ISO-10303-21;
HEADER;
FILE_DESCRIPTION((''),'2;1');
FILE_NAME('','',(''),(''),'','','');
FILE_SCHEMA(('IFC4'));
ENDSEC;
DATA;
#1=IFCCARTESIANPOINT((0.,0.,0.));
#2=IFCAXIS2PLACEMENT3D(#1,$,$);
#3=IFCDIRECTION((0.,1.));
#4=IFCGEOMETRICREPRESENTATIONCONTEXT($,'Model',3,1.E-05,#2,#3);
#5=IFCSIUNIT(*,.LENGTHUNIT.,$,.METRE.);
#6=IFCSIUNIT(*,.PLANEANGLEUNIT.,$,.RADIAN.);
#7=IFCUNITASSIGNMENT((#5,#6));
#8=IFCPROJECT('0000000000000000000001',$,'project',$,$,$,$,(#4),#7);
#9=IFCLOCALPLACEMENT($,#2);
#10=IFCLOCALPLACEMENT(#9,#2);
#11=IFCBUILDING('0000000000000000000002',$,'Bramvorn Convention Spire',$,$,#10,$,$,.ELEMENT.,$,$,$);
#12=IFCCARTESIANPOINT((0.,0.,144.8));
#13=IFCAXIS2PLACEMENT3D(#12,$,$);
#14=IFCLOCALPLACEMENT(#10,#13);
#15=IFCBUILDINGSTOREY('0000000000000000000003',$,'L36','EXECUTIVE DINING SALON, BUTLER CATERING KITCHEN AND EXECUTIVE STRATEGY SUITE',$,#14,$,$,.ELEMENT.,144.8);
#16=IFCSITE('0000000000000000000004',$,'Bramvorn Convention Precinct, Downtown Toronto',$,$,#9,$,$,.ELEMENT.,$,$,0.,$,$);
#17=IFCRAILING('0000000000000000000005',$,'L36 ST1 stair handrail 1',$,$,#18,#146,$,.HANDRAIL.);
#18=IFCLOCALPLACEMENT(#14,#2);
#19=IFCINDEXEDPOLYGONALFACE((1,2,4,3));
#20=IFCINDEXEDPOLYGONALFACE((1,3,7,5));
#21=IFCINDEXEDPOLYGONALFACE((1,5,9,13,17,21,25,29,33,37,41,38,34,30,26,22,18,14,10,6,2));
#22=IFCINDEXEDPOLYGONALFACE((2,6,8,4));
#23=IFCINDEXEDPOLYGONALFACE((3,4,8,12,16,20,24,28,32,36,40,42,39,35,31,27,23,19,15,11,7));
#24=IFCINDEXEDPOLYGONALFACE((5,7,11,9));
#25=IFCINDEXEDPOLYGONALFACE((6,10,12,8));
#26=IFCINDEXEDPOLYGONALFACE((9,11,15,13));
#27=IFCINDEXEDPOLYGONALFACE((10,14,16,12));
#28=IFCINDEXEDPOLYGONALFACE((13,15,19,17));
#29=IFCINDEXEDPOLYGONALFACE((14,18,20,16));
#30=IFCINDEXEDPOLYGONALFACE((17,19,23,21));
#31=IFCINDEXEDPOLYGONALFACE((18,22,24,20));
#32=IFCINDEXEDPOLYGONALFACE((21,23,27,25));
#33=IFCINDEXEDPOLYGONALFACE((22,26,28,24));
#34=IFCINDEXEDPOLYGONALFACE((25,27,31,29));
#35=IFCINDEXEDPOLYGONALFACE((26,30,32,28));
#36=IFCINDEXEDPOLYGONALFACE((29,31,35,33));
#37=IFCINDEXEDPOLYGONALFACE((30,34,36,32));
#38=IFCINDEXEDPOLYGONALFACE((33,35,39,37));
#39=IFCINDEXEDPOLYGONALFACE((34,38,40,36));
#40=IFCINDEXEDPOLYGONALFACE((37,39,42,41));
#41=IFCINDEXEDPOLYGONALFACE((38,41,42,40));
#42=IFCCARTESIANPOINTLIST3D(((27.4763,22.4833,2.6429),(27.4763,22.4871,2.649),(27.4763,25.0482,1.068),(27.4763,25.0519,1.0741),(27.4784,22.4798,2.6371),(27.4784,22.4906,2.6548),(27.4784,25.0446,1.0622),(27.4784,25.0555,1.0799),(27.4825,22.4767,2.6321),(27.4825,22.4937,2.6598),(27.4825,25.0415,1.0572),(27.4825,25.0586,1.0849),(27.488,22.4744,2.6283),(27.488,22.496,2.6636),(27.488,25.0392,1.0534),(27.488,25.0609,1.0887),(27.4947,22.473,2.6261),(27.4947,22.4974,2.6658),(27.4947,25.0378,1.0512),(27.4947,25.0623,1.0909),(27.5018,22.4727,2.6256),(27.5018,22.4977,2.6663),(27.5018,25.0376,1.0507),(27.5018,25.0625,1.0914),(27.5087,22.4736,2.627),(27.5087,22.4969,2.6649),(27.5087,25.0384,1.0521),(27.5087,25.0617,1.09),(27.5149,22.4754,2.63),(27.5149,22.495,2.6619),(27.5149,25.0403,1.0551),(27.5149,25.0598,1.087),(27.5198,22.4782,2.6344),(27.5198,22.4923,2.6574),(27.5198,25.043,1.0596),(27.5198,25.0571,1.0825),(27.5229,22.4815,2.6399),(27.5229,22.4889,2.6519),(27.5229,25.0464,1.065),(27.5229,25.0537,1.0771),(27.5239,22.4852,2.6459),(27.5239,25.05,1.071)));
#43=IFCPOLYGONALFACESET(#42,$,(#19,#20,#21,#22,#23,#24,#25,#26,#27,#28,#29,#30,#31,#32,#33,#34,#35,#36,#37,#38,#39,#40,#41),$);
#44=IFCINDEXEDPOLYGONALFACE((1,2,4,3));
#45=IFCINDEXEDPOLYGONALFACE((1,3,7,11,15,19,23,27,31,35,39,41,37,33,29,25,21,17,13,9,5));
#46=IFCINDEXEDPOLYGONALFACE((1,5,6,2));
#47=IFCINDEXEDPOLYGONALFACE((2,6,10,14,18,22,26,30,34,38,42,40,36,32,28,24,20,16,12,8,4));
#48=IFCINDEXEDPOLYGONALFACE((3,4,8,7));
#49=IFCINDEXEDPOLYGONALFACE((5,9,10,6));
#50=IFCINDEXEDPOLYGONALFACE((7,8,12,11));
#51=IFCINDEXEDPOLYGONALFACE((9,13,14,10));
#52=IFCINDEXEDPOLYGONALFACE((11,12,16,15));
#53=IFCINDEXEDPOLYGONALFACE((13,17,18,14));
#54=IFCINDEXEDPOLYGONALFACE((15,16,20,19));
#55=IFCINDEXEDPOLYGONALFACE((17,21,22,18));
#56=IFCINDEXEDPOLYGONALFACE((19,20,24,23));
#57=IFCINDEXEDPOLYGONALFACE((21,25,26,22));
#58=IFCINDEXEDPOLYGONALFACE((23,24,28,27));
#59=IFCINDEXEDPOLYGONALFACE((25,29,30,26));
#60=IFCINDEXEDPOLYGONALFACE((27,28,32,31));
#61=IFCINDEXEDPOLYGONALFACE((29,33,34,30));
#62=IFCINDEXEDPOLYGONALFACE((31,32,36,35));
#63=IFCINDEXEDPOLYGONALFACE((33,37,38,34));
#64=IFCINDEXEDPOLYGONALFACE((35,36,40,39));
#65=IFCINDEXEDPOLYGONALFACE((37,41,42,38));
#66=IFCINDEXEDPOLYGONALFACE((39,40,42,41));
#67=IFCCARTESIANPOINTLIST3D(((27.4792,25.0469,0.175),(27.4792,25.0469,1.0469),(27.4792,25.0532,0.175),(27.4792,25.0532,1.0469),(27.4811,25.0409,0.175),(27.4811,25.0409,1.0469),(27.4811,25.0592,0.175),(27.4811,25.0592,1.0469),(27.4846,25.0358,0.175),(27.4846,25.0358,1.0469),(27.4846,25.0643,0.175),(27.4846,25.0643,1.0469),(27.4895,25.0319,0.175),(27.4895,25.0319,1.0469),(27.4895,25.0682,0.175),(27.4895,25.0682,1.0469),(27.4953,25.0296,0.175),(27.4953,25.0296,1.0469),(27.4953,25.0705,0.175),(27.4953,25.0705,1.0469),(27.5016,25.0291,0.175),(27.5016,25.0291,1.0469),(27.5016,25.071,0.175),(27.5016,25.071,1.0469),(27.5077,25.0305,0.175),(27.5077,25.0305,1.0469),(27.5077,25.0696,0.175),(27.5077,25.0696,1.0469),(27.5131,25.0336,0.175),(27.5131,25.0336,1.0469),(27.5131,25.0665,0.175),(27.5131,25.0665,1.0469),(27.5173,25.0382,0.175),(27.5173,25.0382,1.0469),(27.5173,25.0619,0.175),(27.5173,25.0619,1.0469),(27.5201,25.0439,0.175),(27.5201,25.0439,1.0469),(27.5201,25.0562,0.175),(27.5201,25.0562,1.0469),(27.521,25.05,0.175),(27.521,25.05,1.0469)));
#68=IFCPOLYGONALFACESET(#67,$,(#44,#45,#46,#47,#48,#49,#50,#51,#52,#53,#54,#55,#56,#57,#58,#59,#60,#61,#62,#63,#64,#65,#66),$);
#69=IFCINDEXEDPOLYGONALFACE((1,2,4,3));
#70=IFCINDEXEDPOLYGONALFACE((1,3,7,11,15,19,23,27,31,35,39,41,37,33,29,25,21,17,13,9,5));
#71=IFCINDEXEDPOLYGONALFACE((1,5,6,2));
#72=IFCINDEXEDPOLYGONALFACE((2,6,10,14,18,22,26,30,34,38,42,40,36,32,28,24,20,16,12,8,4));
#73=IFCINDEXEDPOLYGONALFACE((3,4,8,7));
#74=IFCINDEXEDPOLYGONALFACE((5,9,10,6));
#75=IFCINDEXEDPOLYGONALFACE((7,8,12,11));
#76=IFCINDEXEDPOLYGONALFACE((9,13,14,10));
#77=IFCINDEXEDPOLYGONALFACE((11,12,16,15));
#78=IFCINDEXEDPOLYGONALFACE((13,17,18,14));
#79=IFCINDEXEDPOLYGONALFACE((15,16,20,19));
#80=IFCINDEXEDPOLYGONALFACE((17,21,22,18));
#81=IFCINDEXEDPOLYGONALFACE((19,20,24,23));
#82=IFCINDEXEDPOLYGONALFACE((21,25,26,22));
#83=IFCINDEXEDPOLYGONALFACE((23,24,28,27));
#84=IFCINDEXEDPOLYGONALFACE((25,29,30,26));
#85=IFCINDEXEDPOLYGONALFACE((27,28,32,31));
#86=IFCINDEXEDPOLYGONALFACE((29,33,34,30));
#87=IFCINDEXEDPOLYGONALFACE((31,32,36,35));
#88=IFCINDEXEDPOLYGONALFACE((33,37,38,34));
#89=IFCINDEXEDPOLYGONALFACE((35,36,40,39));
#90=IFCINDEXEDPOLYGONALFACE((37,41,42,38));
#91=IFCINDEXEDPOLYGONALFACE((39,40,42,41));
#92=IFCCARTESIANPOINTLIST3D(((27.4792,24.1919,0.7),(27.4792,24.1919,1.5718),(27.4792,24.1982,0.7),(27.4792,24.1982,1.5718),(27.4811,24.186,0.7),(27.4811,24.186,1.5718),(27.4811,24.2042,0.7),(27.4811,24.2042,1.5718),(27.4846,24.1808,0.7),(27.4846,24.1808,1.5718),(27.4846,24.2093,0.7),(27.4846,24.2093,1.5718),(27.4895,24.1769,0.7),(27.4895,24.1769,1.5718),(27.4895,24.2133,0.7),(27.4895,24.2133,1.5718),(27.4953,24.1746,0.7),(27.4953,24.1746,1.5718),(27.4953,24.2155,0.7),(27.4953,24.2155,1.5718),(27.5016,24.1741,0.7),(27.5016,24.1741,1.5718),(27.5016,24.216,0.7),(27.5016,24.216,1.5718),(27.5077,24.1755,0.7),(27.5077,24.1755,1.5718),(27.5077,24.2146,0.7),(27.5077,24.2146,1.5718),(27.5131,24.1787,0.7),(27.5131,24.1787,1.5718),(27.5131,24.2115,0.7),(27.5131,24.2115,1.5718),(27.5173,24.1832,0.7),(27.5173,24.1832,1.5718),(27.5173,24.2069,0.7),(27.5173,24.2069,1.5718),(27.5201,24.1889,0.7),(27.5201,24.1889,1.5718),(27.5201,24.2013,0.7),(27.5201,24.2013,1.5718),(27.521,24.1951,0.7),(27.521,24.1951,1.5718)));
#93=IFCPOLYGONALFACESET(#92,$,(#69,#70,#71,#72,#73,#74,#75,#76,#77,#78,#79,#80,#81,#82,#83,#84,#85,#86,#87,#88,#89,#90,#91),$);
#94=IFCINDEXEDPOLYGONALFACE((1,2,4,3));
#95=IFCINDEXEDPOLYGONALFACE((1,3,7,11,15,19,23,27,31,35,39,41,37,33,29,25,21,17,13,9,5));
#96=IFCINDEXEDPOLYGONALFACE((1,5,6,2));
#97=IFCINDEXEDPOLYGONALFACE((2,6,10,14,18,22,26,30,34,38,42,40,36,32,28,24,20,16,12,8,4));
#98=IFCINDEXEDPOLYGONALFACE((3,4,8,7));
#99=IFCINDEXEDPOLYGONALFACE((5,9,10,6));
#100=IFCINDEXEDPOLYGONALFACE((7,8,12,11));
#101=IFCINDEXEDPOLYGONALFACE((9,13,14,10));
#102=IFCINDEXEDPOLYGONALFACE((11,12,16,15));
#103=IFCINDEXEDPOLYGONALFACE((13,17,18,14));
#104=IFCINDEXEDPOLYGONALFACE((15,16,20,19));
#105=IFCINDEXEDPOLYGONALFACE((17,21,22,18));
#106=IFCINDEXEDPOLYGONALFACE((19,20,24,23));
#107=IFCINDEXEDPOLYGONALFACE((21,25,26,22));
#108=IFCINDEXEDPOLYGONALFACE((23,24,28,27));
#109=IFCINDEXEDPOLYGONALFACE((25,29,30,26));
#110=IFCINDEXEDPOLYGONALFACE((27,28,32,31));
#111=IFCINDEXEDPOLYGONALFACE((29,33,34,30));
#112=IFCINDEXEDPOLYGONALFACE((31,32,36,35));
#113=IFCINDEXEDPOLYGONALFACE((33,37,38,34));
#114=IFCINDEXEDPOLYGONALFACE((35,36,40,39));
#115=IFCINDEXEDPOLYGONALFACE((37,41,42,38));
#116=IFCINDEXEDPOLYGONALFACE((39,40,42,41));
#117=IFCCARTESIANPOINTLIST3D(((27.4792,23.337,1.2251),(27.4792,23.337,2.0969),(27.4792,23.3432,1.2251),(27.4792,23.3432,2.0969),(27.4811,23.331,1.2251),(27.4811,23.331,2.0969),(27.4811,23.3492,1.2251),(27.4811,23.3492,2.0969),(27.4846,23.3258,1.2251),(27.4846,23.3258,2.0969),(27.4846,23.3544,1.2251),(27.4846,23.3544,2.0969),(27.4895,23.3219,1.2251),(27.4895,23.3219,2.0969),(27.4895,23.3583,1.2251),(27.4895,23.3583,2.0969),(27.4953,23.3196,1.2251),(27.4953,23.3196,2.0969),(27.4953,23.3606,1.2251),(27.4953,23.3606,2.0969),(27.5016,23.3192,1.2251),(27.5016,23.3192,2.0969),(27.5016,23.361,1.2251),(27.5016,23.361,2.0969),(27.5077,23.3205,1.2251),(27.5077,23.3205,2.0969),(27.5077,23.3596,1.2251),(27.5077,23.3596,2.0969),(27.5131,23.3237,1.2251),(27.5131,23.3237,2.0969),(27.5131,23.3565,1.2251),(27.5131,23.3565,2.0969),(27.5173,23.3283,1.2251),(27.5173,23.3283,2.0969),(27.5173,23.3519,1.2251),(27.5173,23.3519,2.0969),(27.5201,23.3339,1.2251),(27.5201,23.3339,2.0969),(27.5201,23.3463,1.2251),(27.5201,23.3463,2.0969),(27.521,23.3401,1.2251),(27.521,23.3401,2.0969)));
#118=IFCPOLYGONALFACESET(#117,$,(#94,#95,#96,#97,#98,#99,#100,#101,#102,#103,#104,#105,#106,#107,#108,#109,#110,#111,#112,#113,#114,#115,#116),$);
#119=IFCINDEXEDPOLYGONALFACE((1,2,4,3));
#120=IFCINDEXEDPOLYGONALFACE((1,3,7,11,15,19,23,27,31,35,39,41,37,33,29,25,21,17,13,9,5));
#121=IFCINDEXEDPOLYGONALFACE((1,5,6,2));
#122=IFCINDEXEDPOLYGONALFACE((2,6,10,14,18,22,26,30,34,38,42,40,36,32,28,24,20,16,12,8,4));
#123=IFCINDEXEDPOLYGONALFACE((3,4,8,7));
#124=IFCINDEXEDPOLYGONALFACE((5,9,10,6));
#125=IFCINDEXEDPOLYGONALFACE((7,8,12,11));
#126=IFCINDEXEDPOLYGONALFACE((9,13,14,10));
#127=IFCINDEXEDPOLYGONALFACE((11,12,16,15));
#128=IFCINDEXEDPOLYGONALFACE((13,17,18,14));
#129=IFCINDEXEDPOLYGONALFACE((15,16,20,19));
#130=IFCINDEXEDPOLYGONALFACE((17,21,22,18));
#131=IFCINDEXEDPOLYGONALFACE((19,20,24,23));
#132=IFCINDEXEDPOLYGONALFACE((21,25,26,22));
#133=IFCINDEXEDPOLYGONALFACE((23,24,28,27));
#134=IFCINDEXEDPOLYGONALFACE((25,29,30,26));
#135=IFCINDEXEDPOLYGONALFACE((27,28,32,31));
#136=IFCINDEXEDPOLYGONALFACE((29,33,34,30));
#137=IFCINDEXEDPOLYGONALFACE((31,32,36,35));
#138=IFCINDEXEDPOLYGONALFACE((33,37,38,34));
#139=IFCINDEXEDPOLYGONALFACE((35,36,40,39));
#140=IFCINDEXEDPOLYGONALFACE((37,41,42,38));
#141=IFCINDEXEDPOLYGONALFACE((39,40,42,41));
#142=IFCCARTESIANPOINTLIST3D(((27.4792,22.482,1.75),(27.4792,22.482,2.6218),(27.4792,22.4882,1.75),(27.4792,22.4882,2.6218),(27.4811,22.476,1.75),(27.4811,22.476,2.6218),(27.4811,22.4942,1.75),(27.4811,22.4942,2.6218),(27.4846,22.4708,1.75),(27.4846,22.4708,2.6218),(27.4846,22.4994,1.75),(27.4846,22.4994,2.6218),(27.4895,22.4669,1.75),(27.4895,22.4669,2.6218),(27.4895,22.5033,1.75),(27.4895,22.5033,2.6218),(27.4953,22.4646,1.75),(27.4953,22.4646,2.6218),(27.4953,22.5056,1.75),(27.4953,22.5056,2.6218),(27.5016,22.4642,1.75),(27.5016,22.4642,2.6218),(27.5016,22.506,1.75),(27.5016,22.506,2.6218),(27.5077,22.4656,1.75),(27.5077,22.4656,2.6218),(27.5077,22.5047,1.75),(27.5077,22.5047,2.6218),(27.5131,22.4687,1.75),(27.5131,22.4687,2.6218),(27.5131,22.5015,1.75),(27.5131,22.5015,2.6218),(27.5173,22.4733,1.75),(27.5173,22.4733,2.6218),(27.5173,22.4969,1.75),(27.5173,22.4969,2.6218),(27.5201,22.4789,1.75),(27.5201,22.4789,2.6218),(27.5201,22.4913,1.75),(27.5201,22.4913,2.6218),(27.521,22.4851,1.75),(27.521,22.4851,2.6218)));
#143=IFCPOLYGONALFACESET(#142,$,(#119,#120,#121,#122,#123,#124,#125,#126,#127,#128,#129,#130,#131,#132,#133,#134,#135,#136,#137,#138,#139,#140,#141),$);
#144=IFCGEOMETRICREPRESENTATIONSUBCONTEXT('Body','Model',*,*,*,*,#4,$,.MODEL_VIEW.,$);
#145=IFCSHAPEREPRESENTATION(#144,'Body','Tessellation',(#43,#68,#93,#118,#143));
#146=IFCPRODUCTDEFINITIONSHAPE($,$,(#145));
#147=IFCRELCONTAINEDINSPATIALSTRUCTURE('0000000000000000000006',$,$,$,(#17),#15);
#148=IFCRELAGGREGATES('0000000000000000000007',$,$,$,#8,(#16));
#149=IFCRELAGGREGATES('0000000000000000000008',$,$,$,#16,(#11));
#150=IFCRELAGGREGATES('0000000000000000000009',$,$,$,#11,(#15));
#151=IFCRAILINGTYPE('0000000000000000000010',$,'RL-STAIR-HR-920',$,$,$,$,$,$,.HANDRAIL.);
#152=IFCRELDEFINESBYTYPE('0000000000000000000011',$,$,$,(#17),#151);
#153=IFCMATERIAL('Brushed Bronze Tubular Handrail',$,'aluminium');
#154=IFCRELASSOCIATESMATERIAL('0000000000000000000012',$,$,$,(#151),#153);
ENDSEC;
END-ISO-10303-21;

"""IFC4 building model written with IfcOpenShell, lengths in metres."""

from ifc_helpers import new_model, si_unit, direction, frame, origin, origin_2d, place, context, subcontext, project, spatial, circle, extrude, material, type_object, element, save


model = new_model("IFC4")

# Units and contexts
model_context = context("Model", 3, precision=1e-05, world=origin(), true_north=direction((0.0, 1.0)))
body_context = subcontext(model_context, "Body", "Model", "MODEL_VIEW")
ifc_project = project(units=[si_unit("LENGTHUNIT", "METRE"), si_unit("PLANEANGLEUNIT", "RADIAN")], contexts=[model_context])

# Site, building, storey
site_placement = place(None, origin())
site = spatial("IfcSite", under=ifc_project, at=site_placement, Name="Bramvorn Convention Precinct, Downtown Toronto", CompositionType="ELEMENT", RefElevation=0.0)
building_placement = place(site_placement, origin())
building = spatial("IfcBuilding", under=site, at=building_placement, Name="Bramvorn Convention Spire", CompositionType="ELEMENT")
storey_placement = place(building_placement, frame((0.0, 0.0, 144.8)))
storey = spatial("IfcBuildingStorey", under=building, at=storey_placement, Name="L36", Description="EXECUTIVE DINING SALON, BUTLER CATERING KITCHEN AND EXECUTIVE STRATEGY SUITE", CompositionType="ELEMENT", Elevation=144.8)

# Railing
ifc_material_1 = material(Name="Brushed Bronze Tubular Handrail", Category="aluminium")
railing_type_1 = type_object("IfcRailingType", Name="RL-STAIR-HR-920", PredefinedType="HANDRAIL", material=ifc_material_1)
railing_1_placement = place(storey_placement, frame((27.5, 25.05, 0.175)))
element("IfcRailing", 1, at=railing_1_placement, inside=storey, type_object=railing_type_1, Name="L36 ST1 stair handrail 1", PredefinedType="HANDRAIL", context=body_context, shape_type="SweptSolid", body=[
    extrude(circle(Radius=0.0239, at=origin_2d()), frame((0.0, 0.0, 0.896), z_axis=(0.0, -0.852173, 0.52326), x_axis=(1.0, 0.0, 0.0)), (0.0, 0.0, 1.0), 3.0098),
    extrude(circle(Radius=0.021, at=origin_2d()), origin(), (0.0, 0.0, 1.0), 0.8718),
    extrude(circle(Radius=0.021, at=origin_2d()), frame((0.0, -0.855, 0.5249)), (0.0, 0.0, 1.0), 0.8718),
    extrude(circle(Radius=0.021, at=origin_2d()), frame((0.0, -1.71, 1.05)), (0.0, 0.0, 1.0), 0.8718),
    extrude(circle(Radius=0.021, at=origin_2d()), frame((0.0, -2.5649, 1.575)), (0.0, 0.0, 1.0), 0.8718),
])

save(model, "model.ifc")
